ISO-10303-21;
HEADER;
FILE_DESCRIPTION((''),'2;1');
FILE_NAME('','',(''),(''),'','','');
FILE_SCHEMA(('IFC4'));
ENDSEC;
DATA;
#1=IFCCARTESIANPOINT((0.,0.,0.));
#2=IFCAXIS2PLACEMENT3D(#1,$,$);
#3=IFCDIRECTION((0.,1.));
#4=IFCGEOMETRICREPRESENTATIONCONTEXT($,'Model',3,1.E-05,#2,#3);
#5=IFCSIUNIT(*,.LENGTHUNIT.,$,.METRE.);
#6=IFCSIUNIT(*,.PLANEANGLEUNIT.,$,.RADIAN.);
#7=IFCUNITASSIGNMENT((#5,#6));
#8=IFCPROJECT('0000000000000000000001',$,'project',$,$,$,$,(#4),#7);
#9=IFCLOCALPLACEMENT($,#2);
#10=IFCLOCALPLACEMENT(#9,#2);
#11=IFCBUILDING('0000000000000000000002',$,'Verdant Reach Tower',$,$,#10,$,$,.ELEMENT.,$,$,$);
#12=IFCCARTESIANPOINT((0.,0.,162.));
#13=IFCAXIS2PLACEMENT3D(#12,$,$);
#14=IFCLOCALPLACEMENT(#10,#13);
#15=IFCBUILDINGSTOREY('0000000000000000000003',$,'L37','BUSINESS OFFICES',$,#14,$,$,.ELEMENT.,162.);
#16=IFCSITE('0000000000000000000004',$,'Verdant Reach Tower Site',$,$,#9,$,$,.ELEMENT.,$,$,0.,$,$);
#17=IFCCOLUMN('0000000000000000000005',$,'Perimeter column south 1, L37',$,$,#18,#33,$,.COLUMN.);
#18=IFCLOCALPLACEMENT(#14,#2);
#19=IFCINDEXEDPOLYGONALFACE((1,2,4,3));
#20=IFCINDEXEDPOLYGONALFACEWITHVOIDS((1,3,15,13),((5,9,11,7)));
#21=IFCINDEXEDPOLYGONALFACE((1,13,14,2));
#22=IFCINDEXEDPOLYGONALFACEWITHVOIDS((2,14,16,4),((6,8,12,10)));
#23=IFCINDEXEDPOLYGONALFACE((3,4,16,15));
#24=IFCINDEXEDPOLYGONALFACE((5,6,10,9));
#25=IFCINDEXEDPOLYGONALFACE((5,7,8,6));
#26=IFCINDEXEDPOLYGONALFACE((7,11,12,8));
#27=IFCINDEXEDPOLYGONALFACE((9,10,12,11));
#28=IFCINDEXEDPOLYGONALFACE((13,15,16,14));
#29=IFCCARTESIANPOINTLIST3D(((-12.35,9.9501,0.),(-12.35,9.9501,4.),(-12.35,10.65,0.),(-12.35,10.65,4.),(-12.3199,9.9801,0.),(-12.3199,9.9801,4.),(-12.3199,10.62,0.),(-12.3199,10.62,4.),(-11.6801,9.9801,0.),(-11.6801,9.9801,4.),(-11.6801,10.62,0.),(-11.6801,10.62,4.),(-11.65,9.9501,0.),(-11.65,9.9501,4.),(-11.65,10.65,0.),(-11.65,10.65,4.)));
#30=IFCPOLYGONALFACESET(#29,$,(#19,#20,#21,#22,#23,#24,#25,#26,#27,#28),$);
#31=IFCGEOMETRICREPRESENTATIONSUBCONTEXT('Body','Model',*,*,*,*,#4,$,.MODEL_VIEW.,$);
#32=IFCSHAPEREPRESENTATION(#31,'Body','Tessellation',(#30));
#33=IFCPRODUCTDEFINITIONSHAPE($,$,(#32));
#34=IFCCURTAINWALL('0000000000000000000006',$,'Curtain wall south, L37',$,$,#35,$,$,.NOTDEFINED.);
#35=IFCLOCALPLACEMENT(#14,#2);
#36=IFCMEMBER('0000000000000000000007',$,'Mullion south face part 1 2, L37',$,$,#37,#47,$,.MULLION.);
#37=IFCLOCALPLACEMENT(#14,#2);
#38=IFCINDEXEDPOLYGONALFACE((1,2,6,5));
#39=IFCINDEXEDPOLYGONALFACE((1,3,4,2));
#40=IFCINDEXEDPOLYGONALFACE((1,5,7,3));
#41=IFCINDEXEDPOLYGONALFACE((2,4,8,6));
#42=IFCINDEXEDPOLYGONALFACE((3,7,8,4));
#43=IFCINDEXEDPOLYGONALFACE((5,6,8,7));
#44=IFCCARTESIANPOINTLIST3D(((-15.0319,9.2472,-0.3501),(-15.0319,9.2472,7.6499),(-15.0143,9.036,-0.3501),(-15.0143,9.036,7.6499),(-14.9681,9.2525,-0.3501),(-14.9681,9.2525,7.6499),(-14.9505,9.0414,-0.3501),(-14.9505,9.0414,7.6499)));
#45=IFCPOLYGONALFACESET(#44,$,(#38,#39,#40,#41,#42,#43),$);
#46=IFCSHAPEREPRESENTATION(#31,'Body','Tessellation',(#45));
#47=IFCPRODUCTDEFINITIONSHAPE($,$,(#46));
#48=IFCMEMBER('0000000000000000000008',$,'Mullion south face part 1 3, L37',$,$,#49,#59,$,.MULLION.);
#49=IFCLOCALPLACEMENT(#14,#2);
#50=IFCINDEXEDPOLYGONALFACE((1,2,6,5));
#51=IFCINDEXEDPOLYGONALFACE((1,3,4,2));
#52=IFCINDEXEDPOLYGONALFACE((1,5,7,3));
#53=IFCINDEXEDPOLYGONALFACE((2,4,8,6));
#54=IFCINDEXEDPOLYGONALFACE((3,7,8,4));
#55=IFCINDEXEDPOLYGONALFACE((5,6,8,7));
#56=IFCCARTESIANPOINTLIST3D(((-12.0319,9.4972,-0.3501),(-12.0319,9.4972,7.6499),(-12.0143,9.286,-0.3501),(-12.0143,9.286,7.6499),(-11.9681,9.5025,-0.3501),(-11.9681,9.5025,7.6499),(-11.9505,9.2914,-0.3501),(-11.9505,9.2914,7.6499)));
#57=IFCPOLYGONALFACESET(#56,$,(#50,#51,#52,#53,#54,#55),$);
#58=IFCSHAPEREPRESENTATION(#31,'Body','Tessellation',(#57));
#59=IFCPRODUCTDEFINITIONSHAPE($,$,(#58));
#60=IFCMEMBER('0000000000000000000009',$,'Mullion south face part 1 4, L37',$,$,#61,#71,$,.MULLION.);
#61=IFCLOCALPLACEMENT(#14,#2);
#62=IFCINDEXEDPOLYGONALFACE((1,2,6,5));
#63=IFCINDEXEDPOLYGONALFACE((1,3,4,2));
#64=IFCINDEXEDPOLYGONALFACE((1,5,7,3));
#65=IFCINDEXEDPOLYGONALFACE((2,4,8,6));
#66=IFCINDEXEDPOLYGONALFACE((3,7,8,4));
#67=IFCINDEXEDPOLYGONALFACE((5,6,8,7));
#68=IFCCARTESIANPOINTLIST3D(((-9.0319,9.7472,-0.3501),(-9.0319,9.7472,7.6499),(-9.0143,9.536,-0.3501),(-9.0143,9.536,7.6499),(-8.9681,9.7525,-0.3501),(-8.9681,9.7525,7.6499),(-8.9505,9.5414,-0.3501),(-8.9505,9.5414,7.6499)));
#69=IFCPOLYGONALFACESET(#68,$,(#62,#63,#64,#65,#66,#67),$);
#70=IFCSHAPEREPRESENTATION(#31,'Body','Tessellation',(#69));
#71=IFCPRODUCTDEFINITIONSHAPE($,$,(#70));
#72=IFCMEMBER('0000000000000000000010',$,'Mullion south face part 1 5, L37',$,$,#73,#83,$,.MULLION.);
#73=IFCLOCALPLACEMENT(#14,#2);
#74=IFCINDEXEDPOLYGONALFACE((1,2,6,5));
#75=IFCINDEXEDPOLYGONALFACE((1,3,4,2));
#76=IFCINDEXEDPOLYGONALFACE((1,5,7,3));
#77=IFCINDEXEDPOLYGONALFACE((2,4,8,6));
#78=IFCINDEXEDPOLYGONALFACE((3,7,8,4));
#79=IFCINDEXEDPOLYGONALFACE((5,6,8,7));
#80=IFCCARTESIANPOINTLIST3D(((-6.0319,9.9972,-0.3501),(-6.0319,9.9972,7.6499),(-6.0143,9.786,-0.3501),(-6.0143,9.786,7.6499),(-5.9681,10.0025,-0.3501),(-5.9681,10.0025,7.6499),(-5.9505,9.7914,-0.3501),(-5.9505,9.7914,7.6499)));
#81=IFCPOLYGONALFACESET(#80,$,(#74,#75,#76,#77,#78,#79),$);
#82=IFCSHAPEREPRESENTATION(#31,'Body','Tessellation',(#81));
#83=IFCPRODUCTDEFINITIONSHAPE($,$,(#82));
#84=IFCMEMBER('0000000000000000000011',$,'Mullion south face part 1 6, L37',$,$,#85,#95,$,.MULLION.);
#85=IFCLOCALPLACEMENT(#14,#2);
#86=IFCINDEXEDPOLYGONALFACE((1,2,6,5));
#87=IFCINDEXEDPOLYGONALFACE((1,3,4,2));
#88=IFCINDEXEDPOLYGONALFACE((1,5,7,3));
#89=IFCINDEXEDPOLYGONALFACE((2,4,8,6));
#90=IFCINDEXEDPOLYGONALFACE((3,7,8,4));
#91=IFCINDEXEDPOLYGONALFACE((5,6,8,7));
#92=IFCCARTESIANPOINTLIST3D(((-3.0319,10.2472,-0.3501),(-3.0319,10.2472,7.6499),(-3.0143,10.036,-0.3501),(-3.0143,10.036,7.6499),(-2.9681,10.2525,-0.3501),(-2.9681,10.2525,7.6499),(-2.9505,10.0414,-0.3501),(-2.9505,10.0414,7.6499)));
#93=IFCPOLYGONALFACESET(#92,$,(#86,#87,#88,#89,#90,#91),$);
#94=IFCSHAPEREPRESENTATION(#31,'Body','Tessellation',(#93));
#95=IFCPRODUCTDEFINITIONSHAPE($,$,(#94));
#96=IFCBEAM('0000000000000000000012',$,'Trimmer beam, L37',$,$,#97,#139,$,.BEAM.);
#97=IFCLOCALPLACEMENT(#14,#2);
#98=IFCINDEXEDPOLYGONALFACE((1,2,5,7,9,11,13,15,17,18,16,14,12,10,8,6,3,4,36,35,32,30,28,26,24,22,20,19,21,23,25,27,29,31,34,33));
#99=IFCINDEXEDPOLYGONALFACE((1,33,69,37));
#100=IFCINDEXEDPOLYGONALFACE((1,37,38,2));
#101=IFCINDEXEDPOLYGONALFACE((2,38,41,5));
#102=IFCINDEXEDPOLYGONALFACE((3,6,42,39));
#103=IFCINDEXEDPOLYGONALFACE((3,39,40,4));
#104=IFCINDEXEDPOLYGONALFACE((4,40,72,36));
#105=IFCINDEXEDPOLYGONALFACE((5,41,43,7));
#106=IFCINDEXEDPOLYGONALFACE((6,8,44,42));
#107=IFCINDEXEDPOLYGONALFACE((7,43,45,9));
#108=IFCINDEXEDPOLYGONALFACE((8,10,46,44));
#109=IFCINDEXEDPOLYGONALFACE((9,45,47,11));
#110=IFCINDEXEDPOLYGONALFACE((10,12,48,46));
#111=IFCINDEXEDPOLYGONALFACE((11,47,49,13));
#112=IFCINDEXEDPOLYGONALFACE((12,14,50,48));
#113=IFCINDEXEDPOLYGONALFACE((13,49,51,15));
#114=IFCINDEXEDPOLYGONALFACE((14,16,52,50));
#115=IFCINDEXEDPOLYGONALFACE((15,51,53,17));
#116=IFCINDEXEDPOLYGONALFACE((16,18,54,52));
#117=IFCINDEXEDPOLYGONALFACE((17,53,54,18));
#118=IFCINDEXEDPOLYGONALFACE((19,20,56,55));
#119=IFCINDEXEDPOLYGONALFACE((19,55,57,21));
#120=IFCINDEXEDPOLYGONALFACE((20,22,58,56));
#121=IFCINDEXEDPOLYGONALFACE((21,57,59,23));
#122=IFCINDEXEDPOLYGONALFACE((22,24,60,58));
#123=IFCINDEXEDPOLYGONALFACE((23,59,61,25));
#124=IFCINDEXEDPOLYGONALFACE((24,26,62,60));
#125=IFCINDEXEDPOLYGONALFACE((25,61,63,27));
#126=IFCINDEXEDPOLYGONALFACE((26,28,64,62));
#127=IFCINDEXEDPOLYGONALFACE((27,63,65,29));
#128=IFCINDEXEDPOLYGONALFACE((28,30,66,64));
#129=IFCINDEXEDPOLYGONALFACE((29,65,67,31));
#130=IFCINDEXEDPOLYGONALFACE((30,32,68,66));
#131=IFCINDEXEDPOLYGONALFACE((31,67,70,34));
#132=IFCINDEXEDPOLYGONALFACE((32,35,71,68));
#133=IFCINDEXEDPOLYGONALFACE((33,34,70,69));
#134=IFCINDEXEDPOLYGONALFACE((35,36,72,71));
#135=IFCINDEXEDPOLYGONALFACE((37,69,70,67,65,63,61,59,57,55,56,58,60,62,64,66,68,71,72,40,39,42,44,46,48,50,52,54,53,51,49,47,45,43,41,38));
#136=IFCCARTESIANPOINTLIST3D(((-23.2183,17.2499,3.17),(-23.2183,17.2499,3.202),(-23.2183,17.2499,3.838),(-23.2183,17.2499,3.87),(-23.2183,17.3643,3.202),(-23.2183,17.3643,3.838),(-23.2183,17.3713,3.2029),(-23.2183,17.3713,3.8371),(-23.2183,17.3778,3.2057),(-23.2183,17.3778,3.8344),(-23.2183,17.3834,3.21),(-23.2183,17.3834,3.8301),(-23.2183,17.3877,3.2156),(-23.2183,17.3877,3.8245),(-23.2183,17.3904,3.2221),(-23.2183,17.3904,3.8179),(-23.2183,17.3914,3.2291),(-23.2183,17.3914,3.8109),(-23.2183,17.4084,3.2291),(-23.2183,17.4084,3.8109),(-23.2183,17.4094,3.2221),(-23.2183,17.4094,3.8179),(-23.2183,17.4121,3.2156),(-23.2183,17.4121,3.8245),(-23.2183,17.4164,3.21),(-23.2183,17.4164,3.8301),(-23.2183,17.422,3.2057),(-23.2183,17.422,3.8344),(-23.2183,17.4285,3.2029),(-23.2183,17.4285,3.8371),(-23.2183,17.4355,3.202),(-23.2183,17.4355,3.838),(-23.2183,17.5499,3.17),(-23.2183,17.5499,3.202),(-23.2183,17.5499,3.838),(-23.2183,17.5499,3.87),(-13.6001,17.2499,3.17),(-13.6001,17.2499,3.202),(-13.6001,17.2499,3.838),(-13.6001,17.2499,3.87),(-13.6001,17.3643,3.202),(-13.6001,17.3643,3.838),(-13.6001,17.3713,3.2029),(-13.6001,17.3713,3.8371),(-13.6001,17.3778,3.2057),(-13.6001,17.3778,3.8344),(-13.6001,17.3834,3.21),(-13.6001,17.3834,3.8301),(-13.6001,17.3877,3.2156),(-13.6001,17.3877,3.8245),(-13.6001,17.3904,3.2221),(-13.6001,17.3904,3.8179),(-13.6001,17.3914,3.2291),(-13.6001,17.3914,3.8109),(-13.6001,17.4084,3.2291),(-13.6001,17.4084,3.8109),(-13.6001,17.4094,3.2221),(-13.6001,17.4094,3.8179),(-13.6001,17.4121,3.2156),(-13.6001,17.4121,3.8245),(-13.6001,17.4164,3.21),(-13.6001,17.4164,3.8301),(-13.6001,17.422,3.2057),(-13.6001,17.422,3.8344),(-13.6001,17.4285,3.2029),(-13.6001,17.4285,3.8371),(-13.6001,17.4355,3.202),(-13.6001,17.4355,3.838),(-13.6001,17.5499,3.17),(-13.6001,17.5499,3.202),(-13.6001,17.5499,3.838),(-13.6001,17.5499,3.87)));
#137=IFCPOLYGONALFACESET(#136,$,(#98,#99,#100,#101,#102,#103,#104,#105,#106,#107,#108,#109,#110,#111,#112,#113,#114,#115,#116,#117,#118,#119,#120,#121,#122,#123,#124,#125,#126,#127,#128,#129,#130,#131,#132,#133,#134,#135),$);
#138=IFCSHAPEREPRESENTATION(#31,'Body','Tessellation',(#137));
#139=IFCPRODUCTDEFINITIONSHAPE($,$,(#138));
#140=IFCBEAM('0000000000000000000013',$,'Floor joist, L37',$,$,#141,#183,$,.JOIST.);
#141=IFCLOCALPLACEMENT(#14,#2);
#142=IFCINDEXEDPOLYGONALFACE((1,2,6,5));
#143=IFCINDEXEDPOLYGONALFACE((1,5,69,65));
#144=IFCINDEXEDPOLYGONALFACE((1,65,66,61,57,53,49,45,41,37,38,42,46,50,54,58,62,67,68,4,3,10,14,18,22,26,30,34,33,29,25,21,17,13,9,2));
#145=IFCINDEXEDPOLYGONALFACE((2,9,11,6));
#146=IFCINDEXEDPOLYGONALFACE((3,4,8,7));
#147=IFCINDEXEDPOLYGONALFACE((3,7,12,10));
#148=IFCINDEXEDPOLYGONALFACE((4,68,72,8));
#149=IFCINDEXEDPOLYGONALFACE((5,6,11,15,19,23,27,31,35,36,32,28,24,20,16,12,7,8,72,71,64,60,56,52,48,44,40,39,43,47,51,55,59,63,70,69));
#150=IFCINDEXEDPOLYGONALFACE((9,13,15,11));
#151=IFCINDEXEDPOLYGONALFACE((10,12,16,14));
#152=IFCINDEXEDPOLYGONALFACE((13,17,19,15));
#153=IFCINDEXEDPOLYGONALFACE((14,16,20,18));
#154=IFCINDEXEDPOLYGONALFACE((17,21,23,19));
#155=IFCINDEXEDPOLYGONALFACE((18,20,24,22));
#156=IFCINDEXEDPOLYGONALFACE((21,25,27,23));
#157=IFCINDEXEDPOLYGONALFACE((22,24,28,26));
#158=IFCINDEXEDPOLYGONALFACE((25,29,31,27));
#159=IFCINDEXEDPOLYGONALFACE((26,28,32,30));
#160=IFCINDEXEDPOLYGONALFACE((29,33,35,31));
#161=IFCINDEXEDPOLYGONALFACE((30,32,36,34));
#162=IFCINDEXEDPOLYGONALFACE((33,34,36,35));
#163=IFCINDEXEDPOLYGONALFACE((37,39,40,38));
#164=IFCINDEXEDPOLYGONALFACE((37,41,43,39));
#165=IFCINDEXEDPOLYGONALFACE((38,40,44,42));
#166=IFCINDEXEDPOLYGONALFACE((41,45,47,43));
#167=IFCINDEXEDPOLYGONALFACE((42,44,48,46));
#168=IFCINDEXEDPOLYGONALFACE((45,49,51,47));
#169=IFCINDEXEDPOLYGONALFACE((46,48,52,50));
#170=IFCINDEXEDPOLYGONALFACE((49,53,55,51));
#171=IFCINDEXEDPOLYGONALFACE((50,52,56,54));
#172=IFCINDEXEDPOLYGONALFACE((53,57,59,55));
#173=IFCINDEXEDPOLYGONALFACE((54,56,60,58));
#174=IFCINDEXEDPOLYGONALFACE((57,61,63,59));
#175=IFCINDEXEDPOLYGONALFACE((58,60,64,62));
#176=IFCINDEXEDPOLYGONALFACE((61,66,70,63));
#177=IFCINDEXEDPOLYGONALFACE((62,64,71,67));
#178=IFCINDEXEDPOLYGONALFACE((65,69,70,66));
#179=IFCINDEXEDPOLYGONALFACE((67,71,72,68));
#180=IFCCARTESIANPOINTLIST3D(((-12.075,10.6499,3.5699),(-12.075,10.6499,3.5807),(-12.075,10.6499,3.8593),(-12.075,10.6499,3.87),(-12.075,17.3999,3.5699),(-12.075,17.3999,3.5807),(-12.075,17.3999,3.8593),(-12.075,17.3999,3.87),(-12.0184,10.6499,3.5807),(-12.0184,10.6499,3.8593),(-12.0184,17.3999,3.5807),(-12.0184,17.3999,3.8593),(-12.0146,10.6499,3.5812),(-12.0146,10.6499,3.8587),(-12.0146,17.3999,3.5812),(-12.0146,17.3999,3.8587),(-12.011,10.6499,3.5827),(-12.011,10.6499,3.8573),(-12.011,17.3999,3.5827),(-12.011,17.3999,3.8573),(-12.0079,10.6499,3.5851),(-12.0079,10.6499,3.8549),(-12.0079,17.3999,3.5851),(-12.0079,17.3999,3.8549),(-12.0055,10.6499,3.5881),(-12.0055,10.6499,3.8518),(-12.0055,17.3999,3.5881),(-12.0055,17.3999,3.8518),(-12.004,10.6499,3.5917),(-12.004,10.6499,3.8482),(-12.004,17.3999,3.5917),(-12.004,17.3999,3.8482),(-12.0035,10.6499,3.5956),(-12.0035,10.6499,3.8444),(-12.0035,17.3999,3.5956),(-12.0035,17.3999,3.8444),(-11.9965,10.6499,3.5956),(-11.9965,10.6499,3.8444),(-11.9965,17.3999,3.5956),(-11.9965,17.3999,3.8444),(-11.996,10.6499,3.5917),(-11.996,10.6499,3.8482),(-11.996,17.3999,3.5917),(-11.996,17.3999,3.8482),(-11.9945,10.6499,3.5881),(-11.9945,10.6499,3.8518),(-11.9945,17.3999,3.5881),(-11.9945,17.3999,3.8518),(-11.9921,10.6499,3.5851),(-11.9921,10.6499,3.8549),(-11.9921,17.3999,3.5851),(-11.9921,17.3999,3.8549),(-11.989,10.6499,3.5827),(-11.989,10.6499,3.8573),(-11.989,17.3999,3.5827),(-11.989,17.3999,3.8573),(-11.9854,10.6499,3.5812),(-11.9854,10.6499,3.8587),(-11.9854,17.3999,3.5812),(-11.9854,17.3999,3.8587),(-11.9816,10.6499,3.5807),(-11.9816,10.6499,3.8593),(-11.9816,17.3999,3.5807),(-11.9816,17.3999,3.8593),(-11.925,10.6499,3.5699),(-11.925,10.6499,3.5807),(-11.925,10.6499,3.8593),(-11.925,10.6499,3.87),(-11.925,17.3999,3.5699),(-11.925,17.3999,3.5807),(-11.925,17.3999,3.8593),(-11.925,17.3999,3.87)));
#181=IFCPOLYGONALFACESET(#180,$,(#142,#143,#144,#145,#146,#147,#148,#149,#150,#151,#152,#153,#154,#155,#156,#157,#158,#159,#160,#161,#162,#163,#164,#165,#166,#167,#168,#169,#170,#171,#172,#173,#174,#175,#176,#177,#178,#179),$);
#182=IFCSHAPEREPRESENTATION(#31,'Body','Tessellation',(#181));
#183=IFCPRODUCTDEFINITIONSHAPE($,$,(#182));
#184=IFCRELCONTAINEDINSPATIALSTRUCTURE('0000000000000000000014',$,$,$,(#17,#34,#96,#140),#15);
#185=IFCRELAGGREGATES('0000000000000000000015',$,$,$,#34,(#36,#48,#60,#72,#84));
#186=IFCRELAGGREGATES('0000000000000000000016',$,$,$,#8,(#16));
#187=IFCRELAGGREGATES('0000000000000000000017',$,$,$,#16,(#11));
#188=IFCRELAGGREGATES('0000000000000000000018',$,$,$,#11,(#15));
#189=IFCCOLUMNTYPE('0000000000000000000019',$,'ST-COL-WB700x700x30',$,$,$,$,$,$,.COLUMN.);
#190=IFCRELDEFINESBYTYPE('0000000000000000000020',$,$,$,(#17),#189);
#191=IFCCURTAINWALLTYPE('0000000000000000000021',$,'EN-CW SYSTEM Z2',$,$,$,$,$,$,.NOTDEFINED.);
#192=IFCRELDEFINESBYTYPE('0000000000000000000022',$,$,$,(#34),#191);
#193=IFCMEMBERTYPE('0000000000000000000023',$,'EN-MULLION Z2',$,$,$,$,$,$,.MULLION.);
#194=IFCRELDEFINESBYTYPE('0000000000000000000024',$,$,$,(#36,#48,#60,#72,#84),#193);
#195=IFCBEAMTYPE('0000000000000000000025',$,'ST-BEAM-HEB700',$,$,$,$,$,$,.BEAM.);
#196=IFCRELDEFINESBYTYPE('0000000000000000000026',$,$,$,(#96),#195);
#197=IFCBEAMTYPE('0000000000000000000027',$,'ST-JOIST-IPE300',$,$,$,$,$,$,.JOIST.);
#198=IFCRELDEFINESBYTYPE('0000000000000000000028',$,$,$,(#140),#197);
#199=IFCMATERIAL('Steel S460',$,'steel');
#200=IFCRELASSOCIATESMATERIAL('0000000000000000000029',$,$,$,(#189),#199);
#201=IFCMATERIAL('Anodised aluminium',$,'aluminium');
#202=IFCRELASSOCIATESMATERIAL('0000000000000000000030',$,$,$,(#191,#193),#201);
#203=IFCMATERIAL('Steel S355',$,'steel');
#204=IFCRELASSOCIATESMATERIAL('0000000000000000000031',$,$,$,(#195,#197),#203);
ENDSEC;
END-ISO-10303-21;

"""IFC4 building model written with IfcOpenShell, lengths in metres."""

from ifc_helpers import new_model, si_unit, direction, frame, origin, origin_2d, place, context, subcontext, project, spatial, rectangle, hollow_rectangle, i_section, extrude, material, material_profile, profile_set, type_object, element, aggregate, save


model = new_model("IFC4")

# Units and contexts
model_context = context("Model", 3, precision=1e-05, world=origin(), true_north=direction((0.0, 1.0)))
body_context = subcontext(model_context, "Body", "Model", "MODEL_VIEW")
ifc_project = project(units=[si_unit("LENGTHUNIT", "METRE"), si_unit("PLANEANGLEUNIT", "RADIAN")], contexts=[model_context])

# Site, building, storey
site_placement = place(None, origin())
site = spatial("IfcSite", under=ifc_project, at=site_placement, Name="Verdant Reach Tower Site", CompositionType="ELEMENT", RefElevation=0.0)
building_placement = place(site_placement, origin())
building = spatial("IfcBuilding", under=site, at=building_placement, Name="Verdant Reach Tower", CompositionType="ELEMENT")
storey_placement = place(building_placement, frame((0.0, 0.0, 162.0)))
storey = spatial("IfcBuildingStorey", under=building, at=storey_placement, Name="L37", Description="BUSINESS OFFICES", CompositionType="ELEMENT", Elevation=162.0)

# Column
ifc_material_1 = material(Name="Steel S460", Category="steel")
ifc_material_profile_1 = material_profile(ifc_material_1, hollow_rectangle(XDim=0.7, YDim=0.7, WallThickness=0.03, at=origin_2d()), Name="WB 700x700x30")
ifc_profile_set_1 = profile_set([ifc_material_profile_1], Name="Steel S460")
column_type = type_object("IfcColumnType", Name="ST-COL-WB700x700x30", PredefinedType="COLUMN", material=ifc_profile_set_1)
column_placement = place(storey_placement, frame((-12.0, 10.3, 0.0), z_axis=(0.0, 0.0, 1.0), x_axis=(1.0, 0.0, 0.0)))
element("IfcColumn", 1, at=column_placement, inside=storey, type_object=column_type, Name="Perimeter column south 1, L37", PredefinedType="COLUMN", context=body_context, shape_type="SweptSolid", body=[
    extrude(hollow_rectangle(XDim=0.7, YDim=0.7, WallThickness=0.03, at=origin_2d()), origin(), (0.0, 0.0, 1.0), 4.0),
])

# Curtain wall, members
ifc_material_2 = material(Name="Anodised aluminium", Category="aluminium")
curtain_wall_type = type_object("IfcCurtainWallType", Name="EN-CW SYSTEM Z2", PredefinedType="NOTDEFINED", material=ifc_material_2)
curtain_wall_placement = place(storey_placement, origin())
curtain_wall = element("IfcCurtainWall", 2, at=curtain_wall_placement, inside=storey, type_object=curtain_wall_type, Name="Curtain wall south, L37", PredefinedType="NOTDEFINED")
ifc_material_profile_2 = material_profile(ifc_material_2, rectangle(XDim=0.2119, YDim=0.064, at=origin_2d()), Name="Mullion 64x212")
ifc_profile_set_2 = profile_set([ifc_material_profile_2], Name="Anodised aluminium")
member_type = type_object("IfcMemberType", Name="EN-MULLION Z2", PredefinedType="MULLION", material=ifc_profile_set_2)
member_1_placement = place(storey_placement, frame((-14.9912, 9.1443, -0.3501), z_axis=(0.0, 0.0, 1.0), x_axis=(0.083045, -0.996546, 0.0)))
member_1 = element("IfcMember", 3, at=member_1_placement, type_object=member_type, Name="Mullion south face part 1 2, L37", PredefinedType="MULLION", context=body_context, shape_type="SweptSolid", body=[
    extrude(rectangle(XDim=0.2119, YDim=0.064, at=origin_2d()), origin(), (0.0, 0.0, 1.0), 8.0),
])
member_2_placement = place(storey_placement, frame((-11.9912, 9.3943, -0.3501), z_axis=(0.0, 0.0, 1.0), x_axis=(0.083045, -0.996546, 0.0)))
member_2 = element("IfcMember", 4, at=member_2_placement, type_object=member_type, Name="Mullion south face part 1 3, L37", PredefinedType="MULLION", context=body_context, shape_type="SweptSolid", body=[
    extrude(rectangle(XDim=0.2119, YDim=0.064, at=origin_2d()), origin(), (0.0, 0.0, 1.0), 8.0),
])
member_3_placement = place(storey_placement, frame((-8.9912, 9.6443, -0.3501), z_axis=(0.0, 0.0, 1.0), x_axis=(0.083045, -0.996546, 0.0)))
member_3 = element("IfcMember", 5, at=member_3_placement, type_object=member_type, Name="Mullion south face part 1 4, L37", PredefinedType="MULLION", context=body_context, shape_type="SweptSolid", body=[
    extrude(rectangle(XDim=0.2119, YDim=0.064, at=origin_2d()), origin(), (0.0, 0.0, 1.0), 8.0),
])
member_4_placement = place(storey_placement, frame((-5.9912, 9.8943, -0.3501), z_axis=(0.0, 0.0, 1.0), x_axis=(0.083045, -0.996546, 0.0)))
member_4 = element("IfcMember", 6, at=member_4_placement, type_object=member_type, Name="Mullion south face part 1 5, L37", PredefinedType="MULLION", context=body_context, shape_type="SweptSolid", body=[
    extrude(rectangle(XDim=0.2119, YDim=0.064, at=origin_2d()), origin(), (0.0, 0.0, 1.0), 8.0),
])
member_5_placement = place(storey_placement, frame((-2.9912, 10.1443, -0.3501), z_axis=(0.0, 0.0, 1.0), x_axis=(0.083045, -0.996546, 0.0)))
member_5 = element("IfcMember", 7, at=member_5_placement, type_object=member_type, Name="Mullion south face part 1 6, L37", PredefinedType="MULLION", context=body_context, shape_type="SweptSolid", body=[
    extrude(rectangle(XDim=0.2119, YDim=0.064, at=origin_2d()), origin(), (0.0, 0.0, 1.0), 8.0),
])

# Beams
ifc_material_3 = material(Name="Steel S355", Category="steel")
ifc_material_profile_3 = material_profile(ifc_material_3, i_section(OverallWidth=0.3, OverallDepth=0.7, WebThickness=0.0171, FlangeThickness=0.032, FilletRadius=0.0271, at=origin_2d()), Name="HEB 700")
ifc_profile_set_3 = profile_set([ifc_material_profile_3], Name="Steel S355")
beam_type_1 = type_object("IfcBeamType", Name="ST-BEAM-HEB700", PredefinedType="BEAM", material=ifc_profile_set_3)
beam_1_placement = place(storey_placement, frame((-13.6001, 17.3999, 3.52), z_axis=(-1.0, 0.0, 0.0), x_axis=(0.0, -1.0, 0.0)))
element("IfcBeam", 8, at=beam_1_placement, inside=storey, type_object=beam_type_1, Name="Trimmer beam, L37", PredefinedType="BEAM", context=body_context, shape_type="SweptSolid", body=[
    extrude(i_section(OverallWidth=0.3, OverallDepth=0.7, WebThickness=0.0171, FlangeThickness=0.032, FilletRadius=0.0271, at=origin_2d()), origin(), (0.0, 0.0, 1.0), 9.6182),
])
ifc_material_profile_4 = material_profile(ifc_material_3, i_section(OverallWidth=0.1499, OverallDepth=0.3, WebThickness=0.0071, FlangeThickness=0.0107, FilletRadius=0.0149, at=origin_2d()), Name="IPE 300")
ifc_profile_set_4 = profile_set([ifc_material_profile_4], Name="Steel S355")
beam_type_2 = type_object("IfcBeamType", Name="ST-JOIST-IPE300", PredefinedType="JOIST", material=ifc_profile_set_4)
beam_2_placement = place(storey_placement, frame((-12.0, 17.3999, 3.72), z_axis=(0.0, -1.0, 0.0), x_axis=(1.0, 0.0, 0.0)))
element("IfcBeam", 9, at=beam_2_placement, inside=storey, type_object=beam_type_2, Name="Floor joist, L37", PredefinedType="JOIST", context=body_context, shape_type="SweptSolid", body=[
    extrude(i_section(OverallWidth=0.1499, OverallDepth=0.3, WebThickness=0.0071, FlangeThickness=0.0107, FilletRadius=0.0149, at=origin_2d()), origin(), (0.0, 0.0, 1.0), 6.75),
])

aggregate(curtain_wall, [member_1, member_2, member_3, member_4, member_5])

save(model, "model.ifc")
